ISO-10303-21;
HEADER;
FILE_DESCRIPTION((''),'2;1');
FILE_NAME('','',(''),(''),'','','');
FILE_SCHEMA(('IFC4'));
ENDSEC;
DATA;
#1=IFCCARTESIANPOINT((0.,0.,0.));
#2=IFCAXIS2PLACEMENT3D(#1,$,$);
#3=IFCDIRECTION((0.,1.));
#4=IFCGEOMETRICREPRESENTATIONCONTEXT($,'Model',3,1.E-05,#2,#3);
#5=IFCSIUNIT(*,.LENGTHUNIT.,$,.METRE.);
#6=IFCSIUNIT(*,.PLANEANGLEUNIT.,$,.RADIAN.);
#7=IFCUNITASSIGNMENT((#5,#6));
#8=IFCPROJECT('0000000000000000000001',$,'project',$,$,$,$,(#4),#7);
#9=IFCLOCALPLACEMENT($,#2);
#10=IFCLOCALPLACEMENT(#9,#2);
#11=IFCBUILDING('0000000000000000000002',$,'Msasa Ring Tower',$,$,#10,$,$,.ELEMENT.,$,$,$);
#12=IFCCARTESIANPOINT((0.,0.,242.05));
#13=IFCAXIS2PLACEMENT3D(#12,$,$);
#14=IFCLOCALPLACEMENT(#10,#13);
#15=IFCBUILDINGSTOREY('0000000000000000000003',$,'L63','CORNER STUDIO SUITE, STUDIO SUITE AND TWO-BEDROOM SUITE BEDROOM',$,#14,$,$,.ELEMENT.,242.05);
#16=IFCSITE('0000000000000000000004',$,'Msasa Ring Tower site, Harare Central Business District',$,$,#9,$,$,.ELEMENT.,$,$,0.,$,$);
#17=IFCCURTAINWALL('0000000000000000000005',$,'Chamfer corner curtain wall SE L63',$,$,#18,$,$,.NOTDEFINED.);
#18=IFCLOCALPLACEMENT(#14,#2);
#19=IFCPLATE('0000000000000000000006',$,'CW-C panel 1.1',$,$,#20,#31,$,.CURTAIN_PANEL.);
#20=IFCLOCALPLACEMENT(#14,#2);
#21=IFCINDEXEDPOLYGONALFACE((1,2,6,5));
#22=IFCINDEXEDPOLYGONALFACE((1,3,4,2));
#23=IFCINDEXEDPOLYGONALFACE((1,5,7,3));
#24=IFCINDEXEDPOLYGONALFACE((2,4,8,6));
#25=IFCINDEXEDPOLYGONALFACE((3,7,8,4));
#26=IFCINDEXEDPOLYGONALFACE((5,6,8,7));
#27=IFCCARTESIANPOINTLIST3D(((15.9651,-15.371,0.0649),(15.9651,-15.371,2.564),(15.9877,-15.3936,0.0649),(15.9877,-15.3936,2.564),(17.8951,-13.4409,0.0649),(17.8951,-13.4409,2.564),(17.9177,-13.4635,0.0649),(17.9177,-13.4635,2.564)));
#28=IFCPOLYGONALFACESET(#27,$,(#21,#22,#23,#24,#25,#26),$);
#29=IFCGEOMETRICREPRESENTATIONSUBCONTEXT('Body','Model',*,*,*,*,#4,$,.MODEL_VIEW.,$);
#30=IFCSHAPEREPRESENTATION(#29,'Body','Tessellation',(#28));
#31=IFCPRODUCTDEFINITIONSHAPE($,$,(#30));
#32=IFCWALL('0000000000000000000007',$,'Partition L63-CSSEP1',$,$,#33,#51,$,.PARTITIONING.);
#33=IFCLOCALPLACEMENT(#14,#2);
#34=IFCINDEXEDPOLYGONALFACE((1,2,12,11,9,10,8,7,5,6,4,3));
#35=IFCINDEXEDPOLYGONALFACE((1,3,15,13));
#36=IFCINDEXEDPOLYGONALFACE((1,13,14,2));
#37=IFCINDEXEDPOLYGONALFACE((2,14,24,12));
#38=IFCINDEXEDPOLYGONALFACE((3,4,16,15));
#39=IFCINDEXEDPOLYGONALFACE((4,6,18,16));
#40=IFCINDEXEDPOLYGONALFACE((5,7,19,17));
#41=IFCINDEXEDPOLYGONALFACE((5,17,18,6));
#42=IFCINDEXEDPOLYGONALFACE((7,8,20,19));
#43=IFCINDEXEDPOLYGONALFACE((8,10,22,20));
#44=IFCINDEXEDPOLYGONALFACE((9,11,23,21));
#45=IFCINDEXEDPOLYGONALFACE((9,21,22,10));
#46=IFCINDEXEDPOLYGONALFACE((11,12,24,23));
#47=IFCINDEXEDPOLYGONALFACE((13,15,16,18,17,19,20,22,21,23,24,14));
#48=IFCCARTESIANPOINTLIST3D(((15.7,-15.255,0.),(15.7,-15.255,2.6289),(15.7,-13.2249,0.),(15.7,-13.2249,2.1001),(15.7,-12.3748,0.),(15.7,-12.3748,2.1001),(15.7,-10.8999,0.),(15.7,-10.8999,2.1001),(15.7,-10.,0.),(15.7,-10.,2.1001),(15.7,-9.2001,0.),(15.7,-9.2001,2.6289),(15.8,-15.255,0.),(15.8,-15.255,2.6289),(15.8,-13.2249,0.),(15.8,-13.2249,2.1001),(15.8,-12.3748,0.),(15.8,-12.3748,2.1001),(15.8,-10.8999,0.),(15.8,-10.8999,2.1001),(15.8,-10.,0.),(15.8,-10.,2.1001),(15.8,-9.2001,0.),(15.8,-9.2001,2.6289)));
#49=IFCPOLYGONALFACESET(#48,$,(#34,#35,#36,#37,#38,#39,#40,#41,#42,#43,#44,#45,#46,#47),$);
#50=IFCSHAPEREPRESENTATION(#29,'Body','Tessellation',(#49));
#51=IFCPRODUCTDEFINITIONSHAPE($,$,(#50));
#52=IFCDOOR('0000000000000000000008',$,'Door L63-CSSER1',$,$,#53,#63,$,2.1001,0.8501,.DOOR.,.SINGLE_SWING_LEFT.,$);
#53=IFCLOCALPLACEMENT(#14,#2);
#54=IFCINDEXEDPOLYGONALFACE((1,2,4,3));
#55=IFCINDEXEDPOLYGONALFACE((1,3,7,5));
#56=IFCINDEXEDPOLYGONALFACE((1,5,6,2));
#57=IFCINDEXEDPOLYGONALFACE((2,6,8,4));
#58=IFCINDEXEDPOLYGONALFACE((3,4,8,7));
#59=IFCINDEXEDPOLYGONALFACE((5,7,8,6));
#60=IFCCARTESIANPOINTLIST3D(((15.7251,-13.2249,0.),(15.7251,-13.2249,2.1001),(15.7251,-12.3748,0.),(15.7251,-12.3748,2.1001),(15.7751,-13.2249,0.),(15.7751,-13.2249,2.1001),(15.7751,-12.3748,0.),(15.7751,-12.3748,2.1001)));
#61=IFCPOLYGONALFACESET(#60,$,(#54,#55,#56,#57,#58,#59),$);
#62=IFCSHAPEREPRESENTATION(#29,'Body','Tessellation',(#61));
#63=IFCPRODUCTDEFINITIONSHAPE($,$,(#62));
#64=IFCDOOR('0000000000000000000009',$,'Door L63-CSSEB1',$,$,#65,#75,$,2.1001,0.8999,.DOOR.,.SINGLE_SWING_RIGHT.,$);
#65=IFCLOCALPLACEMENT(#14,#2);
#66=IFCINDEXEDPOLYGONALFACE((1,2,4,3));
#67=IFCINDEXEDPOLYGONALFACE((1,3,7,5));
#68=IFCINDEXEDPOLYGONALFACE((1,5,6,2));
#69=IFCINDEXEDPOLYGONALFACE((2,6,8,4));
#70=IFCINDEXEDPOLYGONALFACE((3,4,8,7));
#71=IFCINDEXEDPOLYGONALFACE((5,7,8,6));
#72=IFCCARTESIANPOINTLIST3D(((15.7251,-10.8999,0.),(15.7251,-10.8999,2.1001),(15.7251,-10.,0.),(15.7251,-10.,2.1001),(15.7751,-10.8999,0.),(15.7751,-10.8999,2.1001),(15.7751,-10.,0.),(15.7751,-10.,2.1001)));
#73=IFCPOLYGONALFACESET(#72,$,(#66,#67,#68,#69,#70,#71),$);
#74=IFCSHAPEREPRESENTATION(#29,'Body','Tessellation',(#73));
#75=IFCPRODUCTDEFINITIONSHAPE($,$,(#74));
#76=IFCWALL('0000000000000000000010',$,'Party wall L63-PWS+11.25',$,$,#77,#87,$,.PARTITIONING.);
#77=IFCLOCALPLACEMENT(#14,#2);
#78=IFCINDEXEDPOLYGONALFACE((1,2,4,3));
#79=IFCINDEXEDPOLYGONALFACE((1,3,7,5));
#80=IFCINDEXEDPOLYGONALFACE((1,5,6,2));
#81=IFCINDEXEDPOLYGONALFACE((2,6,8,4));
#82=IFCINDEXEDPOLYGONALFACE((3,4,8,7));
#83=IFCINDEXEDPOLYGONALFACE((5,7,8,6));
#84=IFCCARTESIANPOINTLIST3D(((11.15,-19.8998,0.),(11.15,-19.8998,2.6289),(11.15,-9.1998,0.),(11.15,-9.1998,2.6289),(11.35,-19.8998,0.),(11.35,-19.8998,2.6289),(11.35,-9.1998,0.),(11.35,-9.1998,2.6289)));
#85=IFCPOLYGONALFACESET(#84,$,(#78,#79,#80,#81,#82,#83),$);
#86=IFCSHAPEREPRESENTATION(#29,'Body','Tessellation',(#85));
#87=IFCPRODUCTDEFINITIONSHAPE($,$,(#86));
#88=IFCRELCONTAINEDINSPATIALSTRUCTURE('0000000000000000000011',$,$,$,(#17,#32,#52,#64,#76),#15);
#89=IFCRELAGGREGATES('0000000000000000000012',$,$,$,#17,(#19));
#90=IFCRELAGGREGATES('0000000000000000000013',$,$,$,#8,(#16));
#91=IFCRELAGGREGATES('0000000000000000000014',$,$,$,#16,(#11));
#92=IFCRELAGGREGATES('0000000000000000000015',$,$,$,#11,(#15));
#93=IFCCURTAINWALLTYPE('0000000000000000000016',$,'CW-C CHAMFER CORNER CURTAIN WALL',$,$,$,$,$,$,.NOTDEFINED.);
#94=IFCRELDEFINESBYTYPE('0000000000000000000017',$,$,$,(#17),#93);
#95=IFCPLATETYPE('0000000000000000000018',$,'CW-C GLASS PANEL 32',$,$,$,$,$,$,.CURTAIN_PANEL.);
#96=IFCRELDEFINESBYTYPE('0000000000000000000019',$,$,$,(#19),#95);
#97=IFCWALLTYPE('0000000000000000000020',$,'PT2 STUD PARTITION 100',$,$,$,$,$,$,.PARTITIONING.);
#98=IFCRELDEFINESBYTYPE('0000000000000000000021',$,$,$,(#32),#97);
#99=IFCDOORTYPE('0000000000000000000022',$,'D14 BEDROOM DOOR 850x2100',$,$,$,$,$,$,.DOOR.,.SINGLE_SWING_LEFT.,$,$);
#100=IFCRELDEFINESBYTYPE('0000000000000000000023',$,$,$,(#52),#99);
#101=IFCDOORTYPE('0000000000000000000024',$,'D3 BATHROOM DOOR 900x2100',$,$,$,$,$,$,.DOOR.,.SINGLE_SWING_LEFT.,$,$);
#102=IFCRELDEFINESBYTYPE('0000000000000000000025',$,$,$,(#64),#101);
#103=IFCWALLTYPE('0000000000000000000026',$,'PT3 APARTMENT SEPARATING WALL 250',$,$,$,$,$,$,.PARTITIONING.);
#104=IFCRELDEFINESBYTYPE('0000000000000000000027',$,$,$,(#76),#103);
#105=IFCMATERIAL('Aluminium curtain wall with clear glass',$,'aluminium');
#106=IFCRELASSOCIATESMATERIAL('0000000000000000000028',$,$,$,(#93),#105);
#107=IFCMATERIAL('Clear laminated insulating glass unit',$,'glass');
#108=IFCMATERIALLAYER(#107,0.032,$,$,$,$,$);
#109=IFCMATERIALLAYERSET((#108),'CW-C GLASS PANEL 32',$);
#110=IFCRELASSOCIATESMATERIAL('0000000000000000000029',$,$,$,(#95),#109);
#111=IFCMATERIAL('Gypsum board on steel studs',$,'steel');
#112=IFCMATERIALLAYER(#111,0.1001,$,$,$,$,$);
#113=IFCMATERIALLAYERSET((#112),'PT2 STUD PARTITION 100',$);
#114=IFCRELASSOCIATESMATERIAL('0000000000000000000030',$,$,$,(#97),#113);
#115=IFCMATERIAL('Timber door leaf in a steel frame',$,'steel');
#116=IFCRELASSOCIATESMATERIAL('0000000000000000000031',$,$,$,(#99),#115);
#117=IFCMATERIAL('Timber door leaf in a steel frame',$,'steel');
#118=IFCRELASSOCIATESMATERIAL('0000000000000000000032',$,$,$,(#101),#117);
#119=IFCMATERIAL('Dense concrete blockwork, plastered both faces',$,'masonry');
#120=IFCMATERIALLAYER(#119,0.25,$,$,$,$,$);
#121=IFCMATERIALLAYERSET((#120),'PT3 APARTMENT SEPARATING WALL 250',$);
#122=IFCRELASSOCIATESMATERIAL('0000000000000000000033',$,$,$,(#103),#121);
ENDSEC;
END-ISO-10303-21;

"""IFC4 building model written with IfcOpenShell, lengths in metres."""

from ifc_helpers import new_model, si_unit, direction, frame, frame_2d, origin, origin_2d, place, context, subcontext, project, spatial, rectangle, extrude, material, layer, layer_set, type_object, element, fill, aggregate, save


model = new_model("IFC4")

# Units and contexts
model_context = context("Model", 3, precision=1e-05, world=origin(), true_north=direction((0.0, 1.0)))
body_context = subcontext(model_context, "Body", "Model", "MODEL_VIEW")
ifc_project = project(units=[si_unit("LENGTHUNIT", "METRE"), si_unit("PLANEANGLEUNIT", "RADIAN")], contexts=[model_context])

# Site, building, storey
site_placement = place(None, origin())
site = spatial("IfcSite", under=ifc_project, at=site_placement, Name="Msasa Ring Tower site, Harare Central Business District", CompositionType="ELEMENT", RefElevation=0.0)
building_placement = place(site_placement, origin())
building = spatial("IfcBuilding", under=site, at=building_placement, Name="Msasa Ring Tower", CompositionType="ELEMENT")
storey_placement = place(building_placement, frame((0.0, 0.0, 242.05)))
storey = spatial("IfcBuildingStorey", under=building, at=storey_placement, Name="L63", Description="CORNER STUDIO SUITE, STUDIO SUITE AND TWO-BEDROOM SUITE BEDROOM", CompositionType="ELEMENT", Elevation=242.05)

# Curtain wall
ifc_material_1 = material(Name="Aluminium curtain wall with clear glass", Category="aluminium")
curtain_wall_type = type_object("IfcCurtainWallType", Name="CW-C CHAMFER CORNER CURTAIN WALL", PredefinedType="NOTDEFINED", material=ifc_material_1)
curtain_wall_1_placement = place(storey_placement, origin())
curtain_wall_1 = element("IfcCurtainWall", 1, at=curtain_wall_1_placement, inside=storey, type_object=curtain_wall_type, Name="Chamfer corner curtain wall SE L63", PredefinedType="NOTDEFINED")

# Plate
ifc_material_2 = material(Name="Clear laminated insulating glass unit", Category="glass")
ifc_layer_1 = layer(ifc_material_2, 0.032)
ifc_layer_set_1 = layer_set([ifc_layer_1], Name="CW-C GLASS PANEL 32")
plate_type = type_object("IfcPlateType", Name="CW-C GLASS PANEL 32", PredefinedType="CURTAIN_PANEL", material=ifc_layer_set_1)
plate_1_placement = place(storey_placement, frame((16.9414, -14.4172, 0.0649), z_axis=(0.0, 0.0, 1.0), x_axis=(0.707107, 0.707107, 0.0)))
plate_1 = element("IfcPlate", 2, at=plate_1_placement, type_object=plate_type, Name="CW-C panel 1.1", PredefinedType="CURTAIN_PANEL", context=body_context, shape_type="SweptSolid", body=[
    extrude(rectangle(XDim=2.7295, YDim=0.032, at=origin_2d()), origin(), (0.0, 0.0, 1.0), 2.499),
])
aggregate(curtain_wall_1, [plate_1])

# Wall, openings, doors
ifc_material_3 = material(Name="Gypsum board on steel studs", Category="steel")
ifc_layer_2 = layer(ifc_material_3, 0.1001)
ifc_layer_set_2 = layer_set([ifc_layer_2], Name="PT2 STUD PARTITION 100")
wall_type_1 = type_object("IfcWallType", Name="PT2 STUD PARTITION 100", PredefinedType="PARTITIONING", material=ifc_layer_set_2)
wall_1_placement = place(storey_placement, frame((15.75, -15.2549, 0.0), z_axis=(0.0, 0.0, 1.0), x_axis=(0.0, 1.0, 0.0)))
wall_1 = element("IfcWall", 3, at=wall_1_placement, inside=storey, type_object=wall_type_1, Name="Partition L63-CSSEP1", PredefinedType="PARTITIONING", context=body_context, shape_type="SweptSolid", body=[
    extrude(rectangle(XDim=6.0549, YDim=0.1001, at=frame_2d((3.0273, 0.0))), origin(), (0.0, 0.0, 1.0), 2.6289),
])
opening_1_placement = place(wall_1_placement, frame((2.03, 0.0, 0.0)))
opening_1 = element("IfcOpeningElement", 4, at=opening_1_placement, cuts=wall_1, PredefinedType="OPENING", context=body_context, shape_type="SweptSolid", body=[
    extrude(rectangle(XDim=0.8501, YDim=2.1001, at=frame_2d((0.425, 1.05))), frame((0.0, 0.0601, 0.0), z_axis=(0.0, -1.0, 0.0), x_axis=(1.0, 0.0, 0.0)), (0.0, 0.0, 1.0), 0.1201),
])
opening_2_placement = place(wall_1_placement, frame((4.355, 0.0, 0.0)))
opening_2 = element("IfcOpeningElement", 5, at=opening_2_placement, cuts=wall_1, PredefinedType="OPENING", context=body_context, shape_type="SweptSolid", body=[
    extrude(rectangle(XDim=0.8999, YDim=2.1001, at=frame_2d((0.45, 1.05))), frame((0.0, 0.0601, 0.0), z_axis=(0.0, -1.0, 0.0), x_axis=(1.0, 0.0, 0.0)), (0.0, 0.0, 1.0), 0.1201),
])
ifc_material_4 = material(Name="Timber door leaf in a steel frame", Category="steel")
door_type_1 = type_object("IfcDoorType", Name="D14 BEDROOM DOOR 850x2100", OperationType="SINGLE_SWING_LEFT", PredefinedType="DOOR", material=ifc_material_4)
door_1_placement = place(opening_1_placement, origin())
door_1 = element("IfcDoor", 6, at=door_1_placement, inside=storey, type_object=door_type_1, Name="Door L63-CSSER1", OperationType="SINGLE_SWING_LEFT", OverallHeight=2.1001, OverallWidth=0.8501, PredefinedType="DOOR", context=body_context, shape_type="SweptSolid", body=[
    extrude(rectangle(XDim=0.8501, YDim=2.1001, at=frame_2d((0.425, 1.05))), frame((0.0, 0.0249, 0.0), z_axis=(0.0, -1.0, 0.0), x_axis=(1.0, 0.0, 0.0)), (0.0, 0.0, 1.0), 0.05),
])
fill(opening_1, door_1)
ifc_material_5 = material(Name="Timber door leaf in a steel frame", Category="steel")
door_type_2 = type_object("IfcDoorType", Name="D3 BATHROOM DOOR 900x2100", OperationType="SINGLE_SWING_LEFT", PredefinedType="DOOR", material=ifc_material_5)
door_2_placement = place(opening_2_placement, origin())
door_2 = element("IfcDoor", 7, at=door_2_placement, inside=storey, type_object=door_type_2, Name="Door L63-CSSEB1", OperationType="SINGLE_SWING_RIGHT", OverallHeight=2.1001, OverallWidth=0.8999, PredefinedType="DOOR", context=body_context, shape_type="SweptSolid", body=[
    extrude(rectangle(XDim=0.8999, YDim=2.1001, at=frame_2d((0.45, 1.05))), frame((0.0, 0.0249, 0.0), z_axis=(0.0, -1.0, 0.0), x_axis=(1.0, 0.0, 0.0)), (0.0, 0.0, 1.0), 0.05),
])
fill(opening_2, door_2)

# Wall
ifc_material_6 = material(Name="Dense concrete blockwork, plastered both faces", Category="masonry")
ifc_layer_3 = layer(ifc_material_6, 0.25)
ifc_layer_set_3 = layer_set([ifc_layer_3], Name="PT3 APARTMENT SEPARATING WALL 250")
wall_type_2 = type_object("IfcWallType", Name="PT3 APARTMENT SEPARATING WALL 250", PredefinedType="PARTITIONING", material=ifc_layer_set_3)
wall_2_placement = place(storey_placement, frame((11.25, -19.8999, 0.0), z_axis=(0.0, 0.0, 1.0), x_axis=(0.0, 1.0, 0.0)))
element("IfcWall", 8, at=wall_2_placement, inside=storey, type_object=wall_type_2, Name="Party wall L63-PWS+11.25", PredefinedType="PARTITIONING", context=body_context, shape_type="SweptSolid", body=[
    extrude(rectangle(XDim=10.7, YDim=0.2, at=frame_2d((5.3501, 0.0))), origin(), (0.0, 0.0, 1.0), 2.6289),
])

save(model, "model.ifc")
